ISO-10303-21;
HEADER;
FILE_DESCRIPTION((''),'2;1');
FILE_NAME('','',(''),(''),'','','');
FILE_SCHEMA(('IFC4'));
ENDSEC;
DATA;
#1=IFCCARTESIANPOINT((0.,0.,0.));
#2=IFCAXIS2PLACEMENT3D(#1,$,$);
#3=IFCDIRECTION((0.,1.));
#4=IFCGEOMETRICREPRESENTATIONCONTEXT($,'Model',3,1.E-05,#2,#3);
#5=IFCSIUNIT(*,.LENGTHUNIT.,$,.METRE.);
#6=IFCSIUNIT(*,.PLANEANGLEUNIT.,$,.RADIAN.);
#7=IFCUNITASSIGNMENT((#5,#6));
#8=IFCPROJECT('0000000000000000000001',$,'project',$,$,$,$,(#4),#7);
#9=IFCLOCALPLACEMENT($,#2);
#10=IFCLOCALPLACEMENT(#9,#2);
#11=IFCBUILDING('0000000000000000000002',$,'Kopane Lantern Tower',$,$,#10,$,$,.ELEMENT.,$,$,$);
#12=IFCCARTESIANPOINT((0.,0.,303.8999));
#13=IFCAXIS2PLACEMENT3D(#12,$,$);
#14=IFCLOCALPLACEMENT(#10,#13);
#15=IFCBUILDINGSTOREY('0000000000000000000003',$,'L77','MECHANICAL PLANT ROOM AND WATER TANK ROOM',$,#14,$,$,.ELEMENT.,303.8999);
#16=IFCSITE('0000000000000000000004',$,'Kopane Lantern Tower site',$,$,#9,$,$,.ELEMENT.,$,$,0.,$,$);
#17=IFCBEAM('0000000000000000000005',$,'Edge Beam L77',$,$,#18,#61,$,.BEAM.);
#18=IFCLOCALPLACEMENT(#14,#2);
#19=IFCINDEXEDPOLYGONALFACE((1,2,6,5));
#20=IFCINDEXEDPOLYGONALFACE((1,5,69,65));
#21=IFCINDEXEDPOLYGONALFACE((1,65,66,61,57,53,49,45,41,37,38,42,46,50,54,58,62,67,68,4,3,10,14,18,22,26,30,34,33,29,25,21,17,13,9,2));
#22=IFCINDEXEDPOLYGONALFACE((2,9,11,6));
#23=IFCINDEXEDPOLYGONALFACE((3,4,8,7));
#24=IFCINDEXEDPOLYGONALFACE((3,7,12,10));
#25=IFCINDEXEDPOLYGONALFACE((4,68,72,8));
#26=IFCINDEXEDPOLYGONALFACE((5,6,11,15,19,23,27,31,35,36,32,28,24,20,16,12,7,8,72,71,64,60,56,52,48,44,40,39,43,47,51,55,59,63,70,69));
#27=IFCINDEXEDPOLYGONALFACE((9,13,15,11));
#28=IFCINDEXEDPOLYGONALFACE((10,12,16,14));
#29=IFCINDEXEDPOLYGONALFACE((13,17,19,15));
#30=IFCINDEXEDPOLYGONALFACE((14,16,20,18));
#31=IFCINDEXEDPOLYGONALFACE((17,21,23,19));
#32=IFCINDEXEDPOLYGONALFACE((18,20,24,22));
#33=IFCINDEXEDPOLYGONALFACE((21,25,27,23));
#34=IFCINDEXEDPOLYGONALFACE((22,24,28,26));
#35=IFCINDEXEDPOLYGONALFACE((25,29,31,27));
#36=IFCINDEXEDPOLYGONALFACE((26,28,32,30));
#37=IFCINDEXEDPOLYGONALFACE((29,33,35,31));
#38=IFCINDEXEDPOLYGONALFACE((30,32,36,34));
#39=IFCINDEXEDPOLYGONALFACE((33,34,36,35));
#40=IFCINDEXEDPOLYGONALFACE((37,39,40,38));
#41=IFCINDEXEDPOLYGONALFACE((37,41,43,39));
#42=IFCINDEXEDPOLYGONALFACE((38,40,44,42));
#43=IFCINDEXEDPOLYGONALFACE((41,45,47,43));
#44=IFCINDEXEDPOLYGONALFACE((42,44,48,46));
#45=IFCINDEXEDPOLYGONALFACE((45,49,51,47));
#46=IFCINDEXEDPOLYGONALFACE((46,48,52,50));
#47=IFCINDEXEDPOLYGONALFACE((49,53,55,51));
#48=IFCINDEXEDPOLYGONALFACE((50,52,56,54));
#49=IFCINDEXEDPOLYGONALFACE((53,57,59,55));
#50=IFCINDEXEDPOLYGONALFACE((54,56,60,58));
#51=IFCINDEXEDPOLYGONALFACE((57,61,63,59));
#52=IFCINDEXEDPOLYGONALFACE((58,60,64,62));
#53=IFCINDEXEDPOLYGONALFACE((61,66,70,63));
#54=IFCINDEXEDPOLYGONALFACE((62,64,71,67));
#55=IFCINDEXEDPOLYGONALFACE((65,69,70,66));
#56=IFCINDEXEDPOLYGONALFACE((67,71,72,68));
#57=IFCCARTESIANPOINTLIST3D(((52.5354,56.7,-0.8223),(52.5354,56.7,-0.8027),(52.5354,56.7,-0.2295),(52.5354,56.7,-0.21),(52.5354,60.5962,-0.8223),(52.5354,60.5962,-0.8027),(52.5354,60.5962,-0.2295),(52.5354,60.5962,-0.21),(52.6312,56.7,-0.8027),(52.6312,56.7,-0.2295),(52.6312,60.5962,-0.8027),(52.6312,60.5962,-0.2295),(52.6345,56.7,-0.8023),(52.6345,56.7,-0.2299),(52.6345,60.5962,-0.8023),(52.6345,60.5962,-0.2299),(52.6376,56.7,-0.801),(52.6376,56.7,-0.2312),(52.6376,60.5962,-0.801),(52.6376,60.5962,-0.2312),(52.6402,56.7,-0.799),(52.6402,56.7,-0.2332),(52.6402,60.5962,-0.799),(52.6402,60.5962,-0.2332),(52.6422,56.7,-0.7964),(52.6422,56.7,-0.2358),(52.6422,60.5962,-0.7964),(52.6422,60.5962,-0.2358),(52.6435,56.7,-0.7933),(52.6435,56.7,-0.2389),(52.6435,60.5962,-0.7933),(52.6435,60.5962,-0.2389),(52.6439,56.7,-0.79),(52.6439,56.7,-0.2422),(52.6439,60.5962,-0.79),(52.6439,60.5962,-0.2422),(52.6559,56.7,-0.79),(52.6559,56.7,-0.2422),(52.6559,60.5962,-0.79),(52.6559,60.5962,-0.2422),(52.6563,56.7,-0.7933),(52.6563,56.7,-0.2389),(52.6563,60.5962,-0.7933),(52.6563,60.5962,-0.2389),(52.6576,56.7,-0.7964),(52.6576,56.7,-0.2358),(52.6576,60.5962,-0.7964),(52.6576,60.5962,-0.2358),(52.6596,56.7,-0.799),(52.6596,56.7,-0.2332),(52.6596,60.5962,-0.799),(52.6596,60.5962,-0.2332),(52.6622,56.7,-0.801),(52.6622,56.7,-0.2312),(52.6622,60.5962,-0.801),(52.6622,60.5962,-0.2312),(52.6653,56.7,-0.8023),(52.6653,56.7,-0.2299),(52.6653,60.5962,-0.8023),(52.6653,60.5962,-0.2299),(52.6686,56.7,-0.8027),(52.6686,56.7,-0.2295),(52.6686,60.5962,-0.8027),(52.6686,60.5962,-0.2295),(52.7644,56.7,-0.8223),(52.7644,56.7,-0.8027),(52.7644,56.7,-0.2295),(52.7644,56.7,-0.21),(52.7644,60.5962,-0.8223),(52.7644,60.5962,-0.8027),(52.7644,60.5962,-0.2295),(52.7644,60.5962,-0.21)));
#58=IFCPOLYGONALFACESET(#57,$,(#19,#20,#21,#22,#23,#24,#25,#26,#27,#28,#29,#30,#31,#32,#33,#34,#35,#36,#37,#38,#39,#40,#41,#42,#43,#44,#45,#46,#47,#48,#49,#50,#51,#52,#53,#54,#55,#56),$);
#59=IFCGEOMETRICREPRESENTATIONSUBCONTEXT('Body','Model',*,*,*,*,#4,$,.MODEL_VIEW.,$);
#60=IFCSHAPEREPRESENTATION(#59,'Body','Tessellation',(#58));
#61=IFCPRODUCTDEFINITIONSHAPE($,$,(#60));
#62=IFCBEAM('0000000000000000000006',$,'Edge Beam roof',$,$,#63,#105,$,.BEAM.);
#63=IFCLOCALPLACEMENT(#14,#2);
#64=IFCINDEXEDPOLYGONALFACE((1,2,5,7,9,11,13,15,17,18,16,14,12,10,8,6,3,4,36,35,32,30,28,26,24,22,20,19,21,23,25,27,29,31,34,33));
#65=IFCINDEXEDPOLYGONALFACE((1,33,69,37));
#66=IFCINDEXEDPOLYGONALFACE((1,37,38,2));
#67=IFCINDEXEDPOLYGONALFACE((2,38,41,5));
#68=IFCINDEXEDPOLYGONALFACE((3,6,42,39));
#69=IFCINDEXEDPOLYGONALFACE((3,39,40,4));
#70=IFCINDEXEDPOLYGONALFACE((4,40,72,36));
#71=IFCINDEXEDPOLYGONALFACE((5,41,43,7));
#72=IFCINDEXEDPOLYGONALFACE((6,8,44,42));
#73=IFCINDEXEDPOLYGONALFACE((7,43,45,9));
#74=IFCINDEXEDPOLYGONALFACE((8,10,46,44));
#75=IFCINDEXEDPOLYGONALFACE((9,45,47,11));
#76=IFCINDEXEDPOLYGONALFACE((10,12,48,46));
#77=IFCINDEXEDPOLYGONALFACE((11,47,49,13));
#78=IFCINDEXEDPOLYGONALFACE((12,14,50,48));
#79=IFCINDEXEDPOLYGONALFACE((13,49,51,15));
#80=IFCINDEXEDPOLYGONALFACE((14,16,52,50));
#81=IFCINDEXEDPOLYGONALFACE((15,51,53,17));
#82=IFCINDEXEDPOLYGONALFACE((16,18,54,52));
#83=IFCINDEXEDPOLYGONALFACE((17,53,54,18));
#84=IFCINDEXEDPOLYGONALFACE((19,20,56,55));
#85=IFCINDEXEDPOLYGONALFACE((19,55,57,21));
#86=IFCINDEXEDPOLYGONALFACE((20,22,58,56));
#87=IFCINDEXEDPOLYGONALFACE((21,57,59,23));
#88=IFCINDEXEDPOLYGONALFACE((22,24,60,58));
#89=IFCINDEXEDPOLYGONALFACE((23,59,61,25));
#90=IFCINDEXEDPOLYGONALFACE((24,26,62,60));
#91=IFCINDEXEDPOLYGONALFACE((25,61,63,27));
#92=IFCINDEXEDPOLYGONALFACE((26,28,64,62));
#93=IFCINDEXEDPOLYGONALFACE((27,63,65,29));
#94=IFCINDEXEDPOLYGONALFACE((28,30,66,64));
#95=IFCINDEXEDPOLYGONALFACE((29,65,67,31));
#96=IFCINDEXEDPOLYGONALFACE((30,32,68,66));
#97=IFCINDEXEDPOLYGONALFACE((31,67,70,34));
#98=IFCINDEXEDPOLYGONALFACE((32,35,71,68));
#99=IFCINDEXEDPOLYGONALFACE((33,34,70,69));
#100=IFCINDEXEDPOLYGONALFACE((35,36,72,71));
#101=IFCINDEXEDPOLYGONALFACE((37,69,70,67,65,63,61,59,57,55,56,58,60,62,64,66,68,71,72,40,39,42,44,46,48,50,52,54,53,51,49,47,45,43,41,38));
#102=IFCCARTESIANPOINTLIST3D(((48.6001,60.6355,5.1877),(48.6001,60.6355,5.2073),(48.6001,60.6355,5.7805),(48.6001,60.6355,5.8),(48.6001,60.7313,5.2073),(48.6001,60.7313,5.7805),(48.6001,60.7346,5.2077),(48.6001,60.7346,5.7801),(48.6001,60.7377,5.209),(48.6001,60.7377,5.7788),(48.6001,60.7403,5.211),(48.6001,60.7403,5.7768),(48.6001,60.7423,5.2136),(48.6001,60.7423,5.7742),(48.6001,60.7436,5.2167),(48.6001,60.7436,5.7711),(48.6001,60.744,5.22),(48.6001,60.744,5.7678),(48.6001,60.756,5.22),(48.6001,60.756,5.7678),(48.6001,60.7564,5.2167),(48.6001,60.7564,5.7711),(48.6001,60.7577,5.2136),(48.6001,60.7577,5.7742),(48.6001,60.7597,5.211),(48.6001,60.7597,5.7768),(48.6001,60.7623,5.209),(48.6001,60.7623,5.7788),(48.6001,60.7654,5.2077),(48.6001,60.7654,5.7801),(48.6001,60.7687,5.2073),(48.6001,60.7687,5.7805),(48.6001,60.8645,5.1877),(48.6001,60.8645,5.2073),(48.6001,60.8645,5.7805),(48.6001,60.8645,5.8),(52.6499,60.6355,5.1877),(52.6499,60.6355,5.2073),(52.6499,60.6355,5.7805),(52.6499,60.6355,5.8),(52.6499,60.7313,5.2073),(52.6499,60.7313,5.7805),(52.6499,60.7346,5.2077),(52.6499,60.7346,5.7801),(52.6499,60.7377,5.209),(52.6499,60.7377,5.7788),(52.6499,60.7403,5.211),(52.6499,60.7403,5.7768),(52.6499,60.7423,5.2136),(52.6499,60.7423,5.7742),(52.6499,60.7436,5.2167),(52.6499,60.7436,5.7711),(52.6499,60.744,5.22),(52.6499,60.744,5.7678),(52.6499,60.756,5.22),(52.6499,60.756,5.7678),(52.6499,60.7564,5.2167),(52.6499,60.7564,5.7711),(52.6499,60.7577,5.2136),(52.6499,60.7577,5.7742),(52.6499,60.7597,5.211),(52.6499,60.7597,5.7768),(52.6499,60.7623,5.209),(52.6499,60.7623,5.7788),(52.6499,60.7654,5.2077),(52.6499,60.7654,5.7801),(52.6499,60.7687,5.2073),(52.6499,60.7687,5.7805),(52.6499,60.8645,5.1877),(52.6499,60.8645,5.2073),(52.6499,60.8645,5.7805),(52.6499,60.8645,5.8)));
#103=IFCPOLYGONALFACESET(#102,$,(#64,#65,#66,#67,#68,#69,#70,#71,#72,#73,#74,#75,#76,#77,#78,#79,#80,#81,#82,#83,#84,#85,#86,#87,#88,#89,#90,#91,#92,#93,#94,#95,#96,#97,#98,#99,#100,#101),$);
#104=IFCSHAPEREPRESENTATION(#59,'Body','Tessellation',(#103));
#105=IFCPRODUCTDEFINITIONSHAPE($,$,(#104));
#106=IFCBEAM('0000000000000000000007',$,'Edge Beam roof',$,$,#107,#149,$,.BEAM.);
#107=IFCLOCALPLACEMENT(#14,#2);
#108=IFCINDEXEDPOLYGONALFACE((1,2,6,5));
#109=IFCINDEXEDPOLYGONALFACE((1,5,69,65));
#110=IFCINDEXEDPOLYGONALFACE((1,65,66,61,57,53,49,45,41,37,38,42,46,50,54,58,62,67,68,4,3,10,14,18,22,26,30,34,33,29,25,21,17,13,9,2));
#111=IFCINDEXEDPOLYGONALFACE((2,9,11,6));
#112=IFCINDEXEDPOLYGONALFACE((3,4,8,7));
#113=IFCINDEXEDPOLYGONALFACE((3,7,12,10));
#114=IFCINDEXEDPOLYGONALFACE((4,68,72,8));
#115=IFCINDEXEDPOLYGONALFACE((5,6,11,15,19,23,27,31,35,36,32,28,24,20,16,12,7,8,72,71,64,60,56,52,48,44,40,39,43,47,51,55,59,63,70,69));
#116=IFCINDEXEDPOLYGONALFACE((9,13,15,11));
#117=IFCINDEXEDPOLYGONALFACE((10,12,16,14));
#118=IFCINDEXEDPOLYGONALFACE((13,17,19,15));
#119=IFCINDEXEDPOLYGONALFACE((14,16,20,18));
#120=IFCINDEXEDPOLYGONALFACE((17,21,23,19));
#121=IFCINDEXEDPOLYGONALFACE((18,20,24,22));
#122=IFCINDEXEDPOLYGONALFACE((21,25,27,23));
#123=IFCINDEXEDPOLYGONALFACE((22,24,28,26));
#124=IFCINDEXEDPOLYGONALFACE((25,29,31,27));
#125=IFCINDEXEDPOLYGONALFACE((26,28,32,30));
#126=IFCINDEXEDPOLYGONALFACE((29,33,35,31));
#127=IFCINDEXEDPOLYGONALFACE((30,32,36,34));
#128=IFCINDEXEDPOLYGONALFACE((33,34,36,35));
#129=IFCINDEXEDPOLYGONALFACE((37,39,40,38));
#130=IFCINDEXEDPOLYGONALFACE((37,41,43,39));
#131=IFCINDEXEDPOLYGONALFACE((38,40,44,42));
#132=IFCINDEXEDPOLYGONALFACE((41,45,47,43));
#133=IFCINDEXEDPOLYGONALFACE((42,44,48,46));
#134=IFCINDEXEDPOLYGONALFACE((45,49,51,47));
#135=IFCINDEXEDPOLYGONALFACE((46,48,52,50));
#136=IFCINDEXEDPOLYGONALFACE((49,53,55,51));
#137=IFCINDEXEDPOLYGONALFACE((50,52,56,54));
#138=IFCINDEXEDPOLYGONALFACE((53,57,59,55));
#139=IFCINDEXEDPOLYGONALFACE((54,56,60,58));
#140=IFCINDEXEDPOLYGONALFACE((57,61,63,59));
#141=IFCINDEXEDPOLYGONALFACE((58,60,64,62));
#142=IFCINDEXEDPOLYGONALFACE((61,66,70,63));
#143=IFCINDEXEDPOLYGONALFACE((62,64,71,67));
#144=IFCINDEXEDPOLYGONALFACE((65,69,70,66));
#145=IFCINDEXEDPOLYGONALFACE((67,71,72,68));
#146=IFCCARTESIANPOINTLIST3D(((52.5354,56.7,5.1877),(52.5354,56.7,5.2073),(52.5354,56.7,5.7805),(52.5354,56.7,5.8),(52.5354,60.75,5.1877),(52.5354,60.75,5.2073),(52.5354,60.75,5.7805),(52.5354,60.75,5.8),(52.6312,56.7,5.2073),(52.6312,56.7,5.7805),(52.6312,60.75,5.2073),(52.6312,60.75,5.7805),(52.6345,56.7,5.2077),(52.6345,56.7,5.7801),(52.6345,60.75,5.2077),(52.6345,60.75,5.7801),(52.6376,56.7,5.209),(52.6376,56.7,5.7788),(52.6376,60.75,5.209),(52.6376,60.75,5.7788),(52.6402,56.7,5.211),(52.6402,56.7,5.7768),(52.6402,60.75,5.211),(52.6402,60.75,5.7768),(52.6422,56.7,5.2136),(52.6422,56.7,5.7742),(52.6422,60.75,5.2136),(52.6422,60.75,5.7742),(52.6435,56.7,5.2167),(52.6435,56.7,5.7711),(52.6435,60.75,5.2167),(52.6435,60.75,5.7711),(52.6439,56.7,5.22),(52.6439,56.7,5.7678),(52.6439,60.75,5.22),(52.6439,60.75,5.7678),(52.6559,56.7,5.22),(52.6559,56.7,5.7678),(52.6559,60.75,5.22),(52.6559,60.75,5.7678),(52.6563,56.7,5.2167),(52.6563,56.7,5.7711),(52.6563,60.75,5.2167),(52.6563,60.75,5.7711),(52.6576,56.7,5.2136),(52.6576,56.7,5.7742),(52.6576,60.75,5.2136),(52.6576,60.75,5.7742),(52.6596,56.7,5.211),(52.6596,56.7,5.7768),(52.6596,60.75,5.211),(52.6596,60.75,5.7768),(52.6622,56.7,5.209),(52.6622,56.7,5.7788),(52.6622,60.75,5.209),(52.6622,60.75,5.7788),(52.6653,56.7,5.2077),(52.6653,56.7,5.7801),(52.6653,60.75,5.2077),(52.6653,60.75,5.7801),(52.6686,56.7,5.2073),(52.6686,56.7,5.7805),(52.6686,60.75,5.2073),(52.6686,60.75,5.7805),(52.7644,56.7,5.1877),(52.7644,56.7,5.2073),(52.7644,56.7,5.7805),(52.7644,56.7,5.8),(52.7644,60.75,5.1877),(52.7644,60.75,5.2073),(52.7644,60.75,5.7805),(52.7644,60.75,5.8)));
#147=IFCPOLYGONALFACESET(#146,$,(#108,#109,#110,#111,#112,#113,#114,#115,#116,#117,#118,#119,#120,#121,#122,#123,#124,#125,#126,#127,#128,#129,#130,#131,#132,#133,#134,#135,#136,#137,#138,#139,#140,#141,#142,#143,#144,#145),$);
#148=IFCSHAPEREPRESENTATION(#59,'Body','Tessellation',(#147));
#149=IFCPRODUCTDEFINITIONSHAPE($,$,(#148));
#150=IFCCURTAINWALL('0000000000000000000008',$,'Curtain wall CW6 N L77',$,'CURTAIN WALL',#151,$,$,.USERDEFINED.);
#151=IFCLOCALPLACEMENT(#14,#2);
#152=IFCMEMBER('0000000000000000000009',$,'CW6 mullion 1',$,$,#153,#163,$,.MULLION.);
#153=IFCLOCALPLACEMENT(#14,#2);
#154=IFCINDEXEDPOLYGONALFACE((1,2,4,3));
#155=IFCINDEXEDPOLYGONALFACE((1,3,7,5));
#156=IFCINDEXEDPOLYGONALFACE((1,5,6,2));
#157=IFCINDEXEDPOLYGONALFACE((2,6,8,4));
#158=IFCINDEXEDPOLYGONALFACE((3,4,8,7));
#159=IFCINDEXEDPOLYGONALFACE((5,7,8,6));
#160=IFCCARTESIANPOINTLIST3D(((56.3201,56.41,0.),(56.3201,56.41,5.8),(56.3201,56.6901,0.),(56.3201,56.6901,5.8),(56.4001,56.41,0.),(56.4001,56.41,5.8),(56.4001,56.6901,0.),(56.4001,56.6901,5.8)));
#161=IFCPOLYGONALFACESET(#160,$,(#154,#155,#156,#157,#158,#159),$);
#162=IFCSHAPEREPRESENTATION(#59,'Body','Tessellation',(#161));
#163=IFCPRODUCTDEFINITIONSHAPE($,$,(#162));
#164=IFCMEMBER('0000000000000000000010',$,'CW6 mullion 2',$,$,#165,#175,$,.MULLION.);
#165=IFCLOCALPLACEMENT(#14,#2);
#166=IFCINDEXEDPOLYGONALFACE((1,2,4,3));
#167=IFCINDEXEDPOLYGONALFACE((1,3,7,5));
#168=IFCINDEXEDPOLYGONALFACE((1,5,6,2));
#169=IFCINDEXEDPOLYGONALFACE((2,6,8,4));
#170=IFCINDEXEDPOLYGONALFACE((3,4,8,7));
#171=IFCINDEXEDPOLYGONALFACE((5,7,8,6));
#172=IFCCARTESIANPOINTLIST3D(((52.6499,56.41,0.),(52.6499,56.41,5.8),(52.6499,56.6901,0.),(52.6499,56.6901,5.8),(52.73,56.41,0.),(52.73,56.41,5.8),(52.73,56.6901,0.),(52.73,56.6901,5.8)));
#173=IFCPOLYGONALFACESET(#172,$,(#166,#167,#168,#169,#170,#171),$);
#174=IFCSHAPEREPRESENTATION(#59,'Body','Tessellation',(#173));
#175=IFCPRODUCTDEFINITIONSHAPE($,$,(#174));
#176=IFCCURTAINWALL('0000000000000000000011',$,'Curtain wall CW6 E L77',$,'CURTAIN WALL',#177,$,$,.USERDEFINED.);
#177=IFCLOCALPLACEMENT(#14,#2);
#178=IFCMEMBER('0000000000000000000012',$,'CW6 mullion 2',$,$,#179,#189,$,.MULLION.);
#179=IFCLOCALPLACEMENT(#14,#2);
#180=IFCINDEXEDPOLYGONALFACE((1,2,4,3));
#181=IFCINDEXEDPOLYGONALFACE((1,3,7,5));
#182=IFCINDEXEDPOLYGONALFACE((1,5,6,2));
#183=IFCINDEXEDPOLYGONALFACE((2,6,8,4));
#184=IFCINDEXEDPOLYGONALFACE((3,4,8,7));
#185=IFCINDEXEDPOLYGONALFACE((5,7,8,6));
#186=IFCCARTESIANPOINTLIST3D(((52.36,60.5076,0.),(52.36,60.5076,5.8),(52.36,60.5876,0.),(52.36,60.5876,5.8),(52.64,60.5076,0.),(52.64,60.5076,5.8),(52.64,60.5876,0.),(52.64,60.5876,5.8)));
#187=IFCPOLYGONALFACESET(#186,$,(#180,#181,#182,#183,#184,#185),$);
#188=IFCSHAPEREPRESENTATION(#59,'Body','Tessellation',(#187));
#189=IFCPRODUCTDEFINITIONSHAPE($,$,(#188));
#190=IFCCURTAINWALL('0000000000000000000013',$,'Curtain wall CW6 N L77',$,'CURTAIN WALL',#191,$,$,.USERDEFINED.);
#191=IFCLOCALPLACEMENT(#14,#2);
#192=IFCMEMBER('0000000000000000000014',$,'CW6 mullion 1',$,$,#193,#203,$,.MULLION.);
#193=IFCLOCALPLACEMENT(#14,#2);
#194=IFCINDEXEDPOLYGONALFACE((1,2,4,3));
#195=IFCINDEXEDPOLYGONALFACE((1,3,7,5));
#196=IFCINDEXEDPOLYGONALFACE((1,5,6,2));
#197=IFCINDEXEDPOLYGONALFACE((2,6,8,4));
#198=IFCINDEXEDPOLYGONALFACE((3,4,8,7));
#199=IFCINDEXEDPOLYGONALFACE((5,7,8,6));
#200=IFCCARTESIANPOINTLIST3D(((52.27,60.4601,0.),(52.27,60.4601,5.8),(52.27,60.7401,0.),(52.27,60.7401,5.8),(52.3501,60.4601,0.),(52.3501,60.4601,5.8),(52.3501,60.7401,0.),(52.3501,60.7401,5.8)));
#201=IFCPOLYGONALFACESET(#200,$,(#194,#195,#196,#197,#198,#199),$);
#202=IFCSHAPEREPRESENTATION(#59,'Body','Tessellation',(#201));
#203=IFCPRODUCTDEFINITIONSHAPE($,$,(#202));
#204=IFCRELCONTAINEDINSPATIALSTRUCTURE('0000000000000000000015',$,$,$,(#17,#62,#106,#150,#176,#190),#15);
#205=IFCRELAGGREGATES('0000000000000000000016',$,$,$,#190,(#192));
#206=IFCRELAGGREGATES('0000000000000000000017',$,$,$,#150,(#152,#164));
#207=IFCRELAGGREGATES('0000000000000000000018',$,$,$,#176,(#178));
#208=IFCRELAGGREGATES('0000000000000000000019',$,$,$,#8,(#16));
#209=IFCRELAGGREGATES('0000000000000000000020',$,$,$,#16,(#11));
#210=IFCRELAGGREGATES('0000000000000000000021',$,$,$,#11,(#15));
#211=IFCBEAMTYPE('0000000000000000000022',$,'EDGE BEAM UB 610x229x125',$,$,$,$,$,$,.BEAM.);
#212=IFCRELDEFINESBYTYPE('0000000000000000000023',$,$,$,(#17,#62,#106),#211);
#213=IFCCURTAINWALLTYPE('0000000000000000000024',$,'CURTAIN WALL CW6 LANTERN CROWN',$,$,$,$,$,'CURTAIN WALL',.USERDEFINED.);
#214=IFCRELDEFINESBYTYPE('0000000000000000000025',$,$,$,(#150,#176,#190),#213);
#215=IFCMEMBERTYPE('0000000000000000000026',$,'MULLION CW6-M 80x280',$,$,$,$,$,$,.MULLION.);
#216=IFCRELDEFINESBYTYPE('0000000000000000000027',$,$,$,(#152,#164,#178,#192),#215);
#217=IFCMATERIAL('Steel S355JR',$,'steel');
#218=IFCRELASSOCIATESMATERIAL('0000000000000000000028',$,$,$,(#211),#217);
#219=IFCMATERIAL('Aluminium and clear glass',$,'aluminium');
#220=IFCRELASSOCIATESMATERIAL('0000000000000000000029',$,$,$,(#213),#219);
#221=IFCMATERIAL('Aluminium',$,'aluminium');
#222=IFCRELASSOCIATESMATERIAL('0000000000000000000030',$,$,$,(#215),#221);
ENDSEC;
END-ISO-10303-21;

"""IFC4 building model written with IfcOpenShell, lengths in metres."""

from ifc_helpers import new_model, si_unit, direction, frame, origin, origin_2d, place, context, subcontext, project, spatial, rectangle, i_section, extrude, material, material_profile, profile_set, type_object, element, aggregate, save


model = new_model("IFC4")

# Units and contexts
model_context = context("Model", 3, precision=1e-05, world=origin(), true_north=direction((0.0, 1.0)))
body_context = subcontext(model_context, "Body", "Model", "MODEL_VIEW")
ifc_project = project(units=[si_unit("LENGTHUNIT", "METRE"), si_unit("PLANEANGLEUNIT", "RADIAN")], contexts=[model_context])

# Site, building, storey
site_placement = place(None, origin())
site = spatial("IfcSite", under=ifc_project, at=site_placement, Name="Kopane Lantern Tower site", CompositionType="ELEMENT", RefElevation=0.0)
building_placement = place(site_placement, origin())
building = spatial("IfcBuilding", under=site, at=building_placement, Name="Kopane Lantern Tower", CompositionType="ELEMENT")
storey_placement = place(building_placement, frame((0.0, 0.0, 303.8999)))
storey = spatial("IfcBuildingStorey", under=building, at=storey_placement, Name="L77", Description="MECHANICAL PLANT ROOM AND WATER TANK ROOM", CompositionType="ELEMENT", Elevation=303.8999)

# Beams
ifc_material_1 = material(Name="Steel S355JR", Category="steel")
ifc_material_profile_1 = material_profile(ifc_material_1, i_section(OverallWidth=0.229, OverallDepth=0.6123, WebThickness=0.012, FlangeThickness=0.0195, FilletRadius=0.0127, at=origin_2d()), Name="UB 610x229x125")
ifc_profile_set_1 = profile_set([ifc_material_profile_1], Name="Steel S355JR")
beam_type_1 = type_object("IfcBeamType", Name="EDGE BEAM UB 610x229x125", PredefinedType="BEAM", material=ifc_profile_set_1)
for number, where, z_axis, x_axis, name in (
    (1, (52.6499, 60.5962, -0.5161), (0.0, -1.0, 0.0), (1.0, 0.0, 0.0), "Edge Beam L77"),
):
    element("IfcBeam", number, at=place(storey_placement, frame(where, z_axis=z_axis, x_axis=x_axis)), inside=storey, type_object=beam_type_1, Name=name, PredefinedType="BEAM", context=body_context, shape_type="SweptSolid", body=[
        extrude(i_section(OverallWidth=0.229, OverallDepth=0.6123, WebThickness=0.012, FlangeThickness=0.0195, FilletRadius=0.0127, at=origin_2d()), origin(), (0.0, 0.0, 1.0), 3.8962),
    ])
beam_1_placement = place(storey_placement, frame((52.6499, 60.75, 5.4939), z_axis=(-1.0, 0.0, 0.0), x_axis=(0.0, -1.0, 0.0)))
element("IfcBeam", 2, at=beam_1_placement, inside=storey, type_object=beam_type_1, Name="Edge Beam roof", PredefinedType="BEAM", context=body_context, shape_type="SweptSolid", body=[
    extrude(i_section(OverallWidth=0.229, OverallDepth=0.6123, WebThickness=0.012, FlangeThickness=0.0195, FilletRadius=0.0127, at=origin_2d()), origin(), (0.0, 0.0, 1.0), 4.0498),
])
beam_2_placement = place(storey_placement, frame((52.6499, 60.75, 5.4939), z_axis=(0.0, -1.0, 0.0), x_axis=(1.0, 0.0, 0.0)))
element("IfcBeam", 3, at=beam_2_placement, inside=storey, type_object=beam_type_1, Name="Edge Beam roof", PredefinedType="BEAM", context=body_context, shape_type="SweptSolid", body=[
    extrude(i_section(OverallWidth=0.229, OverallDepth=0.6123, WebThickness=0.012, FlangeThickness=0.0195, FilletRadius=0.0127, at=origin_2d()), origin(), (0.0, 0.0, 1.0), 4.05),
])

# Curtain wall, members
ifc_material_2 = material(Name="Aluminium and clear glass", Category="aluminium")
curtain_wall_type = type_object("IfcCurtainWallType", Name="CURTAIN WALL CW6 LANTERN CROWN", ElementType="CURTAIN WALL", PredefinedType="USERDEFINED", material=ifc_material_2)
curtain_wall_1_placement = place(storey_placement, origin())
curtain_wall_1 = element("IfcCurtainWall", 4, at=curtain_wall_1_placement, inside=storey, type_object=curtain_wall_type, Name="Curtain wall CW6 N L77", ObjectType="CURTAIN WALL", PredefinedType="USERDEFINED")
ifc_material_3 = material(Name="Aluminium", Category="aluminium")
ifc_material_profile_2 = material_profile(ifc_material_3, rectangle(XDim=0.0801, YDim=0.28, at=origin_2d()), Name="AL 80x280")
ifc_profile_set_2 = profile_set([ifc_material_profile_2], Name="Aluminium")
member_type_1 = type_object("IfcMemberType", Name="MULLION CW6-M 80x280", PredefinedType="MULLION", material=ifc_profile_set_2)
member_1_placement = place(storey_placement, frame((56.3601, 56.55, 0.0), z_axis=(0.0, 0.0, 1.0), x_axis=(-1.0, 0.0, 0.0)))
member_1 = element("IfcMember", 5, at=member_1_placement, type_object=member_type_1, Name="CW6 mullion 1", PredefinedType="MULLION", context=body_context, shape_type="SweptSolid", body=[
    extrude(rectangle(XDim=0.0801, YDim=0.28, at=origin_2d()), origin(), (0.0, 0.0, 1.0), 5.8),
])
member_2_placement = place(storey_placement, frame((52.6899, 56.55, 0.0), z_axis=(0.0, 0.0, 1.0), x_axis=(-1.0, 0.0, 0.0)))
member_2 = element("IfcMember", 6, at=member_2_placement, type_object=member_type_1, Name="CW6 mullion 2", PredefinedType="MULLION", context=body_context, shape_type="SweptSolid", body=[
    extrude(rectangle(XDim=0.0801, YDim=0.28, at=origin_2d()), origin(), (0.0, 0.0, 1.0), 5.8),
])

# Curtain walls, members
curtain_wall_2_placement = place(storey_placement, origin())
curtain_wall_2 = element("IfcCurtainWall", 7, at=curtain_wall_2_placement, inside=storey, type_object=curtain_wall_type, Name="Curtain wall CW6 E L77", ObjectType="CURTAIN WALL", PredefinedType="USERDEFINED")
member_3_placement = place(storey_placement, frame((52.5, 60.5476, 0.0), z_axis=(0.0, 0.0, 1.0), x_axis=(0.0, 1.0, 0.0)))
member_3 = element("IfcMember", 8, at=member_3_placement, type_object=member_type_1, Name="CW6 mullion 2", PredefinedType="MULLION", context=body_context, shape_type="SweptSolid", body=[
    extrude(rectangle(XDim=0.0801, YDim=0.28, at=origin_2d()), origin(), (0.0, 0.0, 1.0), 5.8),
])
curtain_wall_3_placement = place(storey_placement, origin())
curtain_wall_3 = element("IfcCurtainWall", 9, at=curtain_wall_3_placement, inside=storey, type_object=curtain_wall_type, Name="Curtain wall CW6 N L77", ObjectType="CURTAIN WALL", PredefinedType="USERDEFINED")
member_4_placement = place(storey_placement, frame((52.3101, 60.6001, 0.0), z_axis=(0.0, 0.0, 1.0), x_axis=(-1.0, 0.0, 0.0)))
member_4 = element("IfcMember", 10, at=member_4_placement, type_object=member_type_1, Name="CW6 mullion 1", PredefinedType="MULLION", context=body_context, shape_type="SweptSolid", body=[
    extrude(rectangle(XDim=0.0801, YDim=0.28, at=origin_2d()), origin(), (0.0, 0.0, 1.0), 5.8),
])

aggregate(curtain_wall_3, [member_4])

aggregate(curtain_wall_1, [member_1, member_2])
aggregate(curtain_wall_2, [member_3])

save(model, "model.ifc")
